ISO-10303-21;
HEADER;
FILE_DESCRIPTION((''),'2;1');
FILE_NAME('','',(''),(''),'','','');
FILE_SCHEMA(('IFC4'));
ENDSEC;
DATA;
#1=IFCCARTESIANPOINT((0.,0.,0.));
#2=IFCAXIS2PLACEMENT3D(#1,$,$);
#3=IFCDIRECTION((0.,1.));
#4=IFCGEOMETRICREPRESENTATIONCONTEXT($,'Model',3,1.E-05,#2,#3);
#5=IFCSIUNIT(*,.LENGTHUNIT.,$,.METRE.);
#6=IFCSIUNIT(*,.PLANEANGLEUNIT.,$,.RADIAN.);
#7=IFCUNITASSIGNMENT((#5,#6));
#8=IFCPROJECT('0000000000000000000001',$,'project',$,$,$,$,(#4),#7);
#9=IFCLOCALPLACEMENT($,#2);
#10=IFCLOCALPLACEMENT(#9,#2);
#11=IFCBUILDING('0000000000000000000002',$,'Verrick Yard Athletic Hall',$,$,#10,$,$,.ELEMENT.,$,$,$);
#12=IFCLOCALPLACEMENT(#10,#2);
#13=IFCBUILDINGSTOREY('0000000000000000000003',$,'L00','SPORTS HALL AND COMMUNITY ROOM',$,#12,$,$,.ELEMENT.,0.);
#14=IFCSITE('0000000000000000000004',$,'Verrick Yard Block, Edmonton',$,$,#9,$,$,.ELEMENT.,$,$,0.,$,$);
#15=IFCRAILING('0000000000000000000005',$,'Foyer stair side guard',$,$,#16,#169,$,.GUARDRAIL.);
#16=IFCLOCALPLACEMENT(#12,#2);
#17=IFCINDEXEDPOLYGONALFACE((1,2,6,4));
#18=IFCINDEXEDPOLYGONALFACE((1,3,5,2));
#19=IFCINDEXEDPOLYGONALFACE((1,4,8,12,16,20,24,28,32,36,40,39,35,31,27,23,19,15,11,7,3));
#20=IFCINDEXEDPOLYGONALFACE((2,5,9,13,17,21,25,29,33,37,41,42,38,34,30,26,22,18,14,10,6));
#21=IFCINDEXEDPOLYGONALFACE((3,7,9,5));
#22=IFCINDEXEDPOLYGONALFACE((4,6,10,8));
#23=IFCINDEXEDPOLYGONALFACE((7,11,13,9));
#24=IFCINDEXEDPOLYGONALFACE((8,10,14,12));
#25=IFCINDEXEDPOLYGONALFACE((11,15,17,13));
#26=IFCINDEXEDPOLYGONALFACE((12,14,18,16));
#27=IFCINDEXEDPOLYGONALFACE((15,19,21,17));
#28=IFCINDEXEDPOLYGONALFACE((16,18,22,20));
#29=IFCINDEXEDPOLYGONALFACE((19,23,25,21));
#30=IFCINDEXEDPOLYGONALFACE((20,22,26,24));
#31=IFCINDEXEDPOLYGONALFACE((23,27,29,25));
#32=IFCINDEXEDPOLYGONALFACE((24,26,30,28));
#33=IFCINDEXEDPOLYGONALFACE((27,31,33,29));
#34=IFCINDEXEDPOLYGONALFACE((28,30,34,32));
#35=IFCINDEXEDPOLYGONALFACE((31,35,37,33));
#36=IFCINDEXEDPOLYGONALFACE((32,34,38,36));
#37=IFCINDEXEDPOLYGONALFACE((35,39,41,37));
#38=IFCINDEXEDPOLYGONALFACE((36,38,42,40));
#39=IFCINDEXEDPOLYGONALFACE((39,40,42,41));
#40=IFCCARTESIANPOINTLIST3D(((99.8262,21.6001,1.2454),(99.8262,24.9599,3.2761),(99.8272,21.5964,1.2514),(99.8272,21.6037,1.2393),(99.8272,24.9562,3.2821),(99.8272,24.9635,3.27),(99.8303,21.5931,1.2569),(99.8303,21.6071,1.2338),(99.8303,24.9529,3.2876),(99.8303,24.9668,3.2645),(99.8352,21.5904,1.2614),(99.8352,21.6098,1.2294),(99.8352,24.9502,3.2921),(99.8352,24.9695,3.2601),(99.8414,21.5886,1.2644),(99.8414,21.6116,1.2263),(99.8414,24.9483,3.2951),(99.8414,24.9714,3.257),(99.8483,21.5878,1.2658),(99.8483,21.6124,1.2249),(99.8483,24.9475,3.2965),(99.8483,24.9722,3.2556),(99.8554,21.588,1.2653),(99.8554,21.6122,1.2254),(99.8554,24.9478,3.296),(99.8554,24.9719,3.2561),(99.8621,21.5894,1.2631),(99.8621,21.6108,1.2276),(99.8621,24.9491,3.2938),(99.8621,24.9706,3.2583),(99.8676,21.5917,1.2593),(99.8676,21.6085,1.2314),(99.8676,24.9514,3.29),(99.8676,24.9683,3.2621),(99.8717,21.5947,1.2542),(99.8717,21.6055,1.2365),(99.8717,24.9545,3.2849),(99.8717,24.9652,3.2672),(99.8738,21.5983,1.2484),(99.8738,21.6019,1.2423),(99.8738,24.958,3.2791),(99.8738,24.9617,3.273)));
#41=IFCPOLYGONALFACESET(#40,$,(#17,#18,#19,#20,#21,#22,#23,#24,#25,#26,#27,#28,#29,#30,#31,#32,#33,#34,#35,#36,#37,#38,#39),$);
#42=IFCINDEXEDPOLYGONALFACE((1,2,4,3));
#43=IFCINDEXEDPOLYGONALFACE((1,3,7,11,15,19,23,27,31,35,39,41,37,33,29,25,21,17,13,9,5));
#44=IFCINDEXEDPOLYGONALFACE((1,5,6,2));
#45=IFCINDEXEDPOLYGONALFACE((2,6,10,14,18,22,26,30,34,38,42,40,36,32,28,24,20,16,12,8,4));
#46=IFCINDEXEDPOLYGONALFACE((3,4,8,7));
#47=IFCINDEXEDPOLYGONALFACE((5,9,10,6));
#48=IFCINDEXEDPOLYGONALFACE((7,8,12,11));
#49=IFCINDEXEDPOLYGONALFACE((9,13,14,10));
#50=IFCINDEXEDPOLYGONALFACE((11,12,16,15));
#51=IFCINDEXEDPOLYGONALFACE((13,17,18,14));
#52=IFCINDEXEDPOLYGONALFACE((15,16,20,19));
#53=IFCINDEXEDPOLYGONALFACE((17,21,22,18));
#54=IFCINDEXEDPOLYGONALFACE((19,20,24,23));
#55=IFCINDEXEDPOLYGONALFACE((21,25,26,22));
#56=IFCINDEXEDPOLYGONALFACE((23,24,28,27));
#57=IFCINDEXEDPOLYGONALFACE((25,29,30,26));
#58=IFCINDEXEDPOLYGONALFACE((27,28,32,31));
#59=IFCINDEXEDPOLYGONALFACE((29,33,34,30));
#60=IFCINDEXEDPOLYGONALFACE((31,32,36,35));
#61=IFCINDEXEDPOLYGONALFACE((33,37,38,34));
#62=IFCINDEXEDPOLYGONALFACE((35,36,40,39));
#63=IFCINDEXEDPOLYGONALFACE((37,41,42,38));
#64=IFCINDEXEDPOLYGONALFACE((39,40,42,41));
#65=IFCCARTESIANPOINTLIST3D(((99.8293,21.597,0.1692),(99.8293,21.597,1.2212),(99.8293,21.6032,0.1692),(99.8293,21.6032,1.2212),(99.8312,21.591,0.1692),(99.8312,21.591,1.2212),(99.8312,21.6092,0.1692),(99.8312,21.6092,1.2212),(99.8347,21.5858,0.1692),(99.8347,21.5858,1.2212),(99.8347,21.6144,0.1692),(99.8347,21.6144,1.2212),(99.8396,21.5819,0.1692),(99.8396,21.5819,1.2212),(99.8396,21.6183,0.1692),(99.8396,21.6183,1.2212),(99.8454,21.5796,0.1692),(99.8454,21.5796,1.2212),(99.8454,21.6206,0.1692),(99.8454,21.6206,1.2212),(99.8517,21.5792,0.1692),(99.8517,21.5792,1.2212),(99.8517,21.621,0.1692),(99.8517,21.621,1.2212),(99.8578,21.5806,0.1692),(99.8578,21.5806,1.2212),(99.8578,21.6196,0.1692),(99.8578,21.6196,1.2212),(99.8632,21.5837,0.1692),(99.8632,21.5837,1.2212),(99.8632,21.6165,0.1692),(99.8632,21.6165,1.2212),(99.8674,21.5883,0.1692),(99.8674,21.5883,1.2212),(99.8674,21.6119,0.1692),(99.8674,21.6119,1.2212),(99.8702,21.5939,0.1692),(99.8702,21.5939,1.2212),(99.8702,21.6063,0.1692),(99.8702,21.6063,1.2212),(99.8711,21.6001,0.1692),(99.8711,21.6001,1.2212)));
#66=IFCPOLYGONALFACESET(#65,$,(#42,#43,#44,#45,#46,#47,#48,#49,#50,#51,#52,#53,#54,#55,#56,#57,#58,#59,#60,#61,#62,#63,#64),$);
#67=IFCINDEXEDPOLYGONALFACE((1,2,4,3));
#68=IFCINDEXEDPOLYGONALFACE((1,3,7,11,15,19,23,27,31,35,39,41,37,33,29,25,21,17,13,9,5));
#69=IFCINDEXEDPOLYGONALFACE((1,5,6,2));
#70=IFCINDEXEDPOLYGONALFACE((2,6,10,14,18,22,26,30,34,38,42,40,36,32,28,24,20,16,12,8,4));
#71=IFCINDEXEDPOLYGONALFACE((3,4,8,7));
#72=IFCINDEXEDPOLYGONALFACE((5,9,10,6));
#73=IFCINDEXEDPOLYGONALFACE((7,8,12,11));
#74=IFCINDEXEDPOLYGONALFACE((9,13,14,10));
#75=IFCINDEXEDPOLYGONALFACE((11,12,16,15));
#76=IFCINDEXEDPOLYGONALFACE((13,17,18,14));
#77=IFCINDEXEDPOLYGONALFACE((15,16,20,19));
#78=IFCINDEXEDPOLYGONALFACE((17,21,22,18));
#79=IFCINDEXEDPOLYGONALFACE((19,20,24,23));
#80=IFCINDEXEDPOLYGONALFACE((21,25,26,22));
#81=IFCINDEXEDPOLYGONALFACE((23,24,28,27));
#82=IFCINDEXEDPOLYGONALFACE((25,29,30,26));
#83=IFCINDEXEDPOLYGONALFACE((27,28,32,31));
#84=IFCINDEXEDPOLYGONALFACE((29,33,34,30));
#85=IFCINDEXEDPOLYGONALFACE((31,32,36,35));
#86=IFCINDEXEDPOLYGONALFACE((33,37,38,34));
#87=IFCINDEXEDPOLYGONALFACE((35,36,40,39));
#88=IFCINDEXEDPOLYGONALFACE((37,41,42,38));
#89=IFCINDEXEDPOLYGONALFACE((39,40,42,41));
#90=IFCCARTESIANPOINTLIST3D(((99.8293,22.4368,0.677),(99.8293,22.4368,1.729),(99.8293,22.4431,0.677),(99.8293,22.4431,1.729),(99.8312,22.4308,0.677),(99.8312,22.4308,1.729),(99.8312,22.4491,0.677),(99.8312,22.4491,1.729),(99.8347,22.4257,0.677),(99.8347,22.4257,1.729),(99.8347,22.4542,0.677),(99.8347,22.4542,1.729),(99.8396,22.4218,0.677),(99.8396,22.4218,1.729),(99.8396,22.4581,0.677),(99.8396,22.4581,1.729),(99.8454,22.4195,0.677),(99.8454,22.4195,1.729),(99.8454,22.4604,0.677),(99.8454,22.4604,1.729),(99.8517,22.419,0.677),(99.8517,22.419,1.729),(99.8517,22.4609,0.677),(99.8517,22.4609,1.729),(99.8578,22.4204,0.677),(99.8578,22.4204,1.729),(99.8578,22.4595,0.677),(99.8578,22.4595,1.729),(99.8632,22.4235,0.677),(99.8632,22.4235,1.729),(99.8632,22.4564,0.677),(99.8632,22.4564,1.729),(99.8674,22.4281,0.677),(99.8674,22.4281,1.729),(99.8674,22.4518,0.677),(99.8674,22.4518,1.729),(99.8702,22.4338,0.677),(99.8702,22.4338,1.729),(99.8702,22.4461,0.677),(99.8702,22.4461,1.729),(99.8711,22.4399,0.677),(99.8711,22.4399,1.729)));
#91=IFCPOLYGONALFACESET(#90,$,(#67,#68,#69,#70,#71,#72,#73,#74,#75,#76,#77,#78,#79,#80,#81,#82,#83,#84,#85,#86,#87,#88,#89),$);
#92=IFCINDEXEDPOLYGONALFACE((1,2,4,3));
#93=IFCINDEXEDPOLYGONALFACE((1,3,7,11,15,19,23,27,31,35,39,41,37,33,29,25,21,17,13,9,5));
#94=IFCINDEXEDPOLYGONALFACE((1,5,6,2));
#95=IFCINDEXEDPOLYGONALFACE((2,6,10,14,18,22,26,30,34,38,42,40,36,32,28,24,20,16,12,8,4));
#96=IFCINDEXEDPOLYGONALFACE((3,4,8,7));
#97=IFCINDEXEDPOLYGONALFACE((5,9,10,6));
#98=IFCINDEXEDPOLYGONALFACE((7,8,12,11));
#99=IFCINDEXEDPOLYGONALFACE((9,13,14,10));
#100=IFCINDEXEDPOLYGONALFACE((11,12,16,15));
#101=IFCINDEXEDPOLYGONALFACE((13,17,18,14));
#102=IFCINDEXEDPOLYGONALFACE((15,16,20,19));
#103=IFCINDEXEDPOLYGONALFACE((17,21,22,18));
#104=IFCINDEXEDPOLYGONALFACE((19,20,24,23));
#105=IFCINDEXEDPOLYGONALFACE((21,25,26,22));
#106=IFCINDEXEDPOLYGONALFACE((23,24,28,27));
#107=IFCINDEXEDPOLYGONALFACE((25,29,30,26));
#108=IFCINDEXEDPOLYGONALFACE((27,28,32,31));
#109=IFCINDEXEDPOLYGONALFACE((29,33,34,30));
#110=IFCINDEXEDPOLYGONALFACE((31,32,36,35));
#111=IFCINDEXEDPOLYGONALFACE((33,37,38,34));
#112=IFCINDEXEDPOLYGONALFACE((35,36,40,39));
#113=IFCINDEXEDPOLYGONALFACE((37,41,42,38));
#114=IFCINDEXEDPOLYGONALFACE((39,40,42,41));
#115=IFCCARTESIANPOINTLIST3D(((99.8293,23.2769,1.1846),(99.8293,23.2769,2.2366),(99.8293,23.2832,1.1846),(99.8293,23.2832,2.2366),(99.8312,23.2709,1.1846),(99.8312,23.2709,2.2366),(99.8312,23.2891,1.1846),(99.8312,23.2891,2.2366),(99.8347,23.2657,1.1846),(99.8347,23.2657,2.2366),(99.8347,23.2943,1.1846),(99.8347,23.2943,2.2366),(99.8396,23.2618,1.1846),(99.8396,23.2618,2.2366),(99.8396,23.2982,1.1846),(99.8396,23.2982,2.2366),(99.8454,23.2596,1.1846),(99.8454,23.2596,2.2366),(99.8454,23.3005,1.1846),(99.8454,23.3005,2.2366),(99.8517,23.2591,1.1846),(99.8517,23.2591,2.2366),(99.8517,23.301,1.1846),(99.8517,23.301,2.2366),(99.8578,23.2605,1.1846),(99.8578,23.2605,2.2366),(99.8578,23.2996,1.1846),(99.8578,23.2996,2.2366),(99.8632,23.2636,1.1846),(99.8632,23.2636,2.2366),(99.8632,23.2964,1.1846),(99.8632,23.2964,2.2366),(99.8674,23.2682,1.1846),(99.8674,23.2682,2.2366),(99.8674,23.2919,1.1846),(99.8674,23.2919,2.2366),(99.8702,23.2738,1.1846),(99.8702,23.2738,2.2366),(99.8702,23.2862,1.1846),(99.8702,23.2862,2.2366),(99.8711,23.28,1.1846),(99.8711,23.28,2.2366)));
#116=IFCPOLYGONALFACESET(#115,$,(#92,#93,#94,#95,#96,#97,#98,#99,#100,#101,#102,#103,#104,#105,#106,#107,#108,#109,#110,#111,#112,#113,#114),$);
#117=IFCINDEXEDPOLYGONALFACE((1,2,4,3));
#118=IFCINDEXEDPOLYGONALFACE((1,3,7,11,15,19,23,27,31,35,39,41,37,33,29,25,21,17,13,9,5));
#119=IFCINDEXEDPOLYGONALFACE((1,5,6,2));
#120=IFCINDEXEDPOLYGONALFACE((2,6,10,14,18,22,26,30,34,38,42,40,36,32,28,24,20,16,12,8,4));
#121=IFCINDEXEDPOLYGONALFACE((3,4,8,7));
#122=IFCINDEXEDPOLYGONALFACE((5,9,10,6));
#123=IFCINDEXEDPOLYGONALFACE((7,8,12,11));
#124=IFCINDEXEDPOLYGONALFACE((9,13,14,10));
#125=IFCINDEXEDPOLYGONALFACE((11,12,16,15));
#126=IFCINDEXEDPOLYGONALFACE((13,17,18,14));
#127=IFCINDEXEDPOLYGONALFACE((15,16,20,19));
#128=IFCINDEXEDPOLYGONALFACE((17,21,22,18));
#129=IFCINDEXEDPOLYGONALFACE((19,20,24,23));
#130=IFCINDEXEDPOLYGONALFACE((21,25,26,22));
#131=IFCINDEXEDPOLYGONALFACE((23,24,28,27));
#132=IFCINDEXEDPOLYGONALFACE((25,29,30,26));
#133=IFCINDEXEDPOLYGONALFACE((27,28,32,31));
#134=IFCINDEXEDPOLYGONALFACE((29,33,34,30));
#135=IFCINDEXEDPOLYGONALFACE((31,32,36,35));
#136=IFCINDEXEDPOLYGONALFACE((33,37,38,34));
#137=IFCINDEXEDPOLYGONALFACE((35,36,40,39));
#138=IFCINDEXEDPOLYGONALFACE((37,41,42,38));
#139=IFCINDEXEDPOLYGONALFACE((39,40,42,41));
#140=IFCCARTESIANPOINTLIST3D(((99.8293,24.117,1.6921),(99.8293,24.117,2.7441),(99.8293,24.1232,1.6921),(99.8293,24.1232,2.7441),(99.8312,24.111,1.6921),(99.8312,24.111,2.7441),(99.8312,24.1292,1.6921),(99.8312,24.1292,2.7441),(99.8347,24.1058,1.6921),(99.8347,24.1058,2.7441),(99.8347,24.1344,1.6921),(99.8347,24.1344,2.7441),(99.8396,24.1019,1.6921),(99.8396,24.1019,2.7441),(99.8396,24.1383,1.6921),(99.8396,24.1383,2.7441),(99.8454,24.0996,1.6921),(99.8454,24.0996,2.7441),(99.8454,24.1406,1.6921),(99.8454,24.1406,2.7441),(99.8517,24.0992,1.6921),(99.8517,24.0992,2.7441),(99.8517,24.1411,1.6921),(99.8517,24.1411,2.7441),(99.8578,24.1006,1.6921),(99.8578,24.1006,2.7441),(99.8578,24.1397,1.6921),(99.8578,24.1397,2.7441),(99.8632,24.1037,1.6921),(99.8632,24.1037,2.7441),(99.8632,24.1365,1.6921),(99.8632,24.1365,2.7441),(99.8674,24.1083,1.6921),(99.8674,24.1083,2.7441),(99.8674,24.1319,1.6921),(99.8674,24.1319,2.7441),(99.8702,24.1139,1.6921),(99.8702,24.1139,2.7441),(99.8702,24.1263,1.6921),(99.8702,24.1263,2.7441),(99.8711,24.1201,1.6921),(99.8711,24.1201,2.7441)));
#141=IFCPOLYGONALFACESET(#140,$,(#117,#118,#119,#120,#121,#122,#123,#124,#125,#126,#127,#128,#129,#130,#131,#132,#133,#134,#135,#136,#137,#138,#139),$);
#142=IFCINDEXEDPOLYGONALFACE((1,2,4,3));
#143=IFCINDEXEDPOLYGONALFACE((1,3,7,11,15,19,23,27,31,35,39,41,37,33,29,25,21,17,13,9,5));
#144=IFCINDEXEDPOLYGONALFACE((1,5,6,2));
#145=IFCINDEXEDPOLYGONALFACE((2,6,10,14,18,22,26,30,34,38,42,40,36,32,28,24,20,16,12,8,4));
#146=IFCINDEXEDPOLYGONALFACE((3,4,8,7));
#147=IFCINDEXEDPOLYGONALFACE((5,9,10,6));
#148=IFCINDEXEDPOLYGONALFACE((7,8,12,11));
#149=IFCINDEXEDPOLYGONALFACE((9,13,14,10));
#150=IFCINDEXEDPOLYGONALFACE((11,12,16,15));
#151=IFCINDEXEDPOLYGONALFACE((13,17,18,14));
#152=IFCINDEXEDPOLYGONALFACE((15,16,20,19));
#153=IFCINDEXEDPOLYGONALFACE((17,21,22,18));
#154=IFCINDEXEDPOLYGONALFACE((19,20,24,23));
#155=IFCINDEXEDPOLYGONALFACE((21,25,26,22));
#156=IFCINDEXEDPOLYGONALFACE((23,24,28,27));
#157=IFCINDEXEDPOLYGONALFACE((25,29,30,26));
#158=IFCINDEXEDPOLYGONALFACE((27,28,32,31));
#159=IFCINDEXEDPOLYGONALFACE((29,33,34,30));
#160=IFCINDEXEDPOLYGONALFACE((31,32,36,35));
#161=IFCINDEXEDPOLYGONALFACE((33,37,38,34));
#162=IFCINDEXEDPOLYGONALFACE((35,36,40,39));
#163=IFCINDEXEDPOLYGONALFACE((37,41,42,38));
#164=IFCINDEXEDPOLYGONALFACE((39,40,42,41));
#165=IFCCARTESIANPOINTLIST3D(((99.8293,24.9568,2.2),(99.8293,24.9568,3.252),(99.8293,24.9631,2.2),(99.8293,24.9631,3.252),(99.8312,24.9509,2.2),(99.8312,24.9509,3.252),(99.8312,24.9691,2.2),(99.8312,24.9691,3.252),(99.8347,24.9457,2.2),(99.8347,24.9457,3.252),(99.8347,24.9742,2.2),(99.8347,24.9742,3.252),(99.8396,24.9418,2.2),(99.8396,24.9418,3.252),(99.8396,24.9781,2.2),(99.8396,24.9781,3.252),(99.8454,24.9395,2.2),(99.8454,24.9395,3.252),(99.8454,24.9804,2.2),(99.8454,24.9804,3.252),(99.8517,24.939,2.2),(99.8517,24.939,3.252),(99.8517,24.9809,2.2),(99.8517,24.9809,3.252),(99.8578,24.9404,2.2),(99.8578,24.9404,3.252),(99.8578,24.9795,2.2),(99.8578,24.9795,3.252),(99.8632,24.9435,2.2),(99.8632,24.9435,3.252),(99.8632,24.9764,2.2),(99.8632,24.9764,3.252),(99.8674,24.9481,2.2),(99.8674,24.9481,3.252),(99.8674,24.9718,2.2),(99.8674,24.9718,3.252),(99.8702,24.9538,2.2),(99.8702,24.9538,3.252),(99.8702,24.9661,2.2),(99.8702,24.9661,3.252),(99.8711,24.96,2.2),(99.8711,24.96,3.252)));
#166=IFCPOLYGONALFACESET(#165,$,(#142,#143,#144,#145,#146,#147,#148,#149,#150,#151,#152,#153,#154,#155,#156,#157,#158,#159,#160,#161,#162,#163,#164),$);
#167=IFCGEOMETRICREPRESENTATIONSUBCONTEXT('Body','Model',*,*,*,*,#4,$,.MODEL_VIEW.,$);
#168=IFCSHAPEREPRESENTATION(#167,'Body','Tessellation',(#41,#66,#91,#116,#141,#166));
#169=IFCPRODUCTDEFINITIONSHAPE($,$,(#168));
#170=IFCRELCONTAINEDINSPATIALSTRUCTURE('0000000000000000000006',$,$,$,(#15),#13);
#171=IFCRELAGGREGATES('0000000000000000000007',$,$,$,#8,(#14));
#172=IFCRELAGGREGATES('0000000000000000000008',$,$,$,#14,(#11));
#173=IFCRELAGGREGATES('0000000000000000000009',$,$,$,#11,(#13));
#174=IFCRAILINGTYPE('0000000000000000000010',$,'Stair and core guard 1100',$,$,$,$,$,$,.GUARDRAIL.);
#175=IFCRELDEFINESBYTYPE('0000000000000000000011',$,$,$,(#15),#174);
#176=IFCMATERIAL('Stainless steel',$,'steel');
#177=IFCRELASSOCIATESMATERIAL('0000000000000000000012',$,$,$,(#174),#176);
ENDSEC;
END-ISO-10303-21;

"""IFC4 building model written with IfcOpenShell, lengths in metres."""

from ifc_helpers import new_model, si_unit, direction, frame, origin, origin_2d, place, context, subcontext, project, spatial, circle, extrude, material, type_object, element, save


model = new_model("IFC4")

# Units and contexts
model_context = context("Model", 3, precision=1e-05, world=origin(), true_north=direction((0.0, 1.0)))
body_context = subcontext(model_context, "Body", "Model", "MODEL_VIEW")
ifc_project = project(units=[si_unit("LENGTHUNIT", "METRE"), si_unit("PLANEANGLEUNIT", "RADIAN")], contexts=[model_context])

# Site, building, storey
site_placement = place(None, origin())
site = spatial("IfcSite", under=ifc_project, at=site_placement, Name="Verrick Yard Block, Edmonton", CompositionType="ELEMENT", RefElevation=0.0)
building_placement = place(site_placement, origin())
building = spatial("IfcBuilding", under=site, at=building_placement, Name="Verrick Yard Athletic Hall", CompositionType="ELEMENT")
storey_placement = place(building_placement, origin())
storey = spatial("IfcBuildingStorey", under=building, at=storey_placement, Name="L00", Description="SPORTS HALL AND COMMUNITY ROOM", CompositionType="ELEMENT", Elevation=0.0)

# Railing
ifc_material_1 = material(Name="Stainless steel", Category="steel")
railing_type_1 = type_object("IfcRailingType", Name="Stair and core guard 1100", PredefinedType="GUARDRAIL", material=ifc_material_1)
railing_1_placement = place(storey_placement, frame((99.8501, 21.6001, 0.1692)))
element("IfcRailing", 1, at=railing_1_placement, inside=storey, type_object=railing_type_1, Name="Foyer stair side guard", PredefinedType="GUARDRAIL", context=body_context, shape_type="SweptSolid", body=[
    extrude(circle(Radius=0.0239, at=origin_2d()), frame((0.0, 0.0, 1.0762), z_axis=(0.0, 0.85582, 0.517273), x_axis=(-1.0, 0.0, 0.0)), (0.0, 0.0, 1.0), 3.9258),
    extrude(circle(Radius=0.021, at=origin_2d()), origin(), (0.0, 0.0, 1.0), 1.052),
    extrude(circle(Radius=0.021, at=origin_2d()), frame((0.0, 0.8398, 0.5078)), (0.0, 0.0, 1.0), 1.052),
    extrude(circle(Radius=0.021, at=origin_2d()), frame((0.0, 1.6799, 1.0154)), (0.0, 0.0, 1.0), 1.052),
    extrude(circle(Radius=0.021, at=origin_2d()), frame((0.0, 2.52, 1.5229)), (0.0, 0.0, 1.0), 1.052),
    extrude(circle(Radius=0.021, at=origin_2d()), frame((0.0, 3.3599, 2.0308)), (0.0, 0.0, 1.0), 1.052),
])

save(model, "model.ifc")
